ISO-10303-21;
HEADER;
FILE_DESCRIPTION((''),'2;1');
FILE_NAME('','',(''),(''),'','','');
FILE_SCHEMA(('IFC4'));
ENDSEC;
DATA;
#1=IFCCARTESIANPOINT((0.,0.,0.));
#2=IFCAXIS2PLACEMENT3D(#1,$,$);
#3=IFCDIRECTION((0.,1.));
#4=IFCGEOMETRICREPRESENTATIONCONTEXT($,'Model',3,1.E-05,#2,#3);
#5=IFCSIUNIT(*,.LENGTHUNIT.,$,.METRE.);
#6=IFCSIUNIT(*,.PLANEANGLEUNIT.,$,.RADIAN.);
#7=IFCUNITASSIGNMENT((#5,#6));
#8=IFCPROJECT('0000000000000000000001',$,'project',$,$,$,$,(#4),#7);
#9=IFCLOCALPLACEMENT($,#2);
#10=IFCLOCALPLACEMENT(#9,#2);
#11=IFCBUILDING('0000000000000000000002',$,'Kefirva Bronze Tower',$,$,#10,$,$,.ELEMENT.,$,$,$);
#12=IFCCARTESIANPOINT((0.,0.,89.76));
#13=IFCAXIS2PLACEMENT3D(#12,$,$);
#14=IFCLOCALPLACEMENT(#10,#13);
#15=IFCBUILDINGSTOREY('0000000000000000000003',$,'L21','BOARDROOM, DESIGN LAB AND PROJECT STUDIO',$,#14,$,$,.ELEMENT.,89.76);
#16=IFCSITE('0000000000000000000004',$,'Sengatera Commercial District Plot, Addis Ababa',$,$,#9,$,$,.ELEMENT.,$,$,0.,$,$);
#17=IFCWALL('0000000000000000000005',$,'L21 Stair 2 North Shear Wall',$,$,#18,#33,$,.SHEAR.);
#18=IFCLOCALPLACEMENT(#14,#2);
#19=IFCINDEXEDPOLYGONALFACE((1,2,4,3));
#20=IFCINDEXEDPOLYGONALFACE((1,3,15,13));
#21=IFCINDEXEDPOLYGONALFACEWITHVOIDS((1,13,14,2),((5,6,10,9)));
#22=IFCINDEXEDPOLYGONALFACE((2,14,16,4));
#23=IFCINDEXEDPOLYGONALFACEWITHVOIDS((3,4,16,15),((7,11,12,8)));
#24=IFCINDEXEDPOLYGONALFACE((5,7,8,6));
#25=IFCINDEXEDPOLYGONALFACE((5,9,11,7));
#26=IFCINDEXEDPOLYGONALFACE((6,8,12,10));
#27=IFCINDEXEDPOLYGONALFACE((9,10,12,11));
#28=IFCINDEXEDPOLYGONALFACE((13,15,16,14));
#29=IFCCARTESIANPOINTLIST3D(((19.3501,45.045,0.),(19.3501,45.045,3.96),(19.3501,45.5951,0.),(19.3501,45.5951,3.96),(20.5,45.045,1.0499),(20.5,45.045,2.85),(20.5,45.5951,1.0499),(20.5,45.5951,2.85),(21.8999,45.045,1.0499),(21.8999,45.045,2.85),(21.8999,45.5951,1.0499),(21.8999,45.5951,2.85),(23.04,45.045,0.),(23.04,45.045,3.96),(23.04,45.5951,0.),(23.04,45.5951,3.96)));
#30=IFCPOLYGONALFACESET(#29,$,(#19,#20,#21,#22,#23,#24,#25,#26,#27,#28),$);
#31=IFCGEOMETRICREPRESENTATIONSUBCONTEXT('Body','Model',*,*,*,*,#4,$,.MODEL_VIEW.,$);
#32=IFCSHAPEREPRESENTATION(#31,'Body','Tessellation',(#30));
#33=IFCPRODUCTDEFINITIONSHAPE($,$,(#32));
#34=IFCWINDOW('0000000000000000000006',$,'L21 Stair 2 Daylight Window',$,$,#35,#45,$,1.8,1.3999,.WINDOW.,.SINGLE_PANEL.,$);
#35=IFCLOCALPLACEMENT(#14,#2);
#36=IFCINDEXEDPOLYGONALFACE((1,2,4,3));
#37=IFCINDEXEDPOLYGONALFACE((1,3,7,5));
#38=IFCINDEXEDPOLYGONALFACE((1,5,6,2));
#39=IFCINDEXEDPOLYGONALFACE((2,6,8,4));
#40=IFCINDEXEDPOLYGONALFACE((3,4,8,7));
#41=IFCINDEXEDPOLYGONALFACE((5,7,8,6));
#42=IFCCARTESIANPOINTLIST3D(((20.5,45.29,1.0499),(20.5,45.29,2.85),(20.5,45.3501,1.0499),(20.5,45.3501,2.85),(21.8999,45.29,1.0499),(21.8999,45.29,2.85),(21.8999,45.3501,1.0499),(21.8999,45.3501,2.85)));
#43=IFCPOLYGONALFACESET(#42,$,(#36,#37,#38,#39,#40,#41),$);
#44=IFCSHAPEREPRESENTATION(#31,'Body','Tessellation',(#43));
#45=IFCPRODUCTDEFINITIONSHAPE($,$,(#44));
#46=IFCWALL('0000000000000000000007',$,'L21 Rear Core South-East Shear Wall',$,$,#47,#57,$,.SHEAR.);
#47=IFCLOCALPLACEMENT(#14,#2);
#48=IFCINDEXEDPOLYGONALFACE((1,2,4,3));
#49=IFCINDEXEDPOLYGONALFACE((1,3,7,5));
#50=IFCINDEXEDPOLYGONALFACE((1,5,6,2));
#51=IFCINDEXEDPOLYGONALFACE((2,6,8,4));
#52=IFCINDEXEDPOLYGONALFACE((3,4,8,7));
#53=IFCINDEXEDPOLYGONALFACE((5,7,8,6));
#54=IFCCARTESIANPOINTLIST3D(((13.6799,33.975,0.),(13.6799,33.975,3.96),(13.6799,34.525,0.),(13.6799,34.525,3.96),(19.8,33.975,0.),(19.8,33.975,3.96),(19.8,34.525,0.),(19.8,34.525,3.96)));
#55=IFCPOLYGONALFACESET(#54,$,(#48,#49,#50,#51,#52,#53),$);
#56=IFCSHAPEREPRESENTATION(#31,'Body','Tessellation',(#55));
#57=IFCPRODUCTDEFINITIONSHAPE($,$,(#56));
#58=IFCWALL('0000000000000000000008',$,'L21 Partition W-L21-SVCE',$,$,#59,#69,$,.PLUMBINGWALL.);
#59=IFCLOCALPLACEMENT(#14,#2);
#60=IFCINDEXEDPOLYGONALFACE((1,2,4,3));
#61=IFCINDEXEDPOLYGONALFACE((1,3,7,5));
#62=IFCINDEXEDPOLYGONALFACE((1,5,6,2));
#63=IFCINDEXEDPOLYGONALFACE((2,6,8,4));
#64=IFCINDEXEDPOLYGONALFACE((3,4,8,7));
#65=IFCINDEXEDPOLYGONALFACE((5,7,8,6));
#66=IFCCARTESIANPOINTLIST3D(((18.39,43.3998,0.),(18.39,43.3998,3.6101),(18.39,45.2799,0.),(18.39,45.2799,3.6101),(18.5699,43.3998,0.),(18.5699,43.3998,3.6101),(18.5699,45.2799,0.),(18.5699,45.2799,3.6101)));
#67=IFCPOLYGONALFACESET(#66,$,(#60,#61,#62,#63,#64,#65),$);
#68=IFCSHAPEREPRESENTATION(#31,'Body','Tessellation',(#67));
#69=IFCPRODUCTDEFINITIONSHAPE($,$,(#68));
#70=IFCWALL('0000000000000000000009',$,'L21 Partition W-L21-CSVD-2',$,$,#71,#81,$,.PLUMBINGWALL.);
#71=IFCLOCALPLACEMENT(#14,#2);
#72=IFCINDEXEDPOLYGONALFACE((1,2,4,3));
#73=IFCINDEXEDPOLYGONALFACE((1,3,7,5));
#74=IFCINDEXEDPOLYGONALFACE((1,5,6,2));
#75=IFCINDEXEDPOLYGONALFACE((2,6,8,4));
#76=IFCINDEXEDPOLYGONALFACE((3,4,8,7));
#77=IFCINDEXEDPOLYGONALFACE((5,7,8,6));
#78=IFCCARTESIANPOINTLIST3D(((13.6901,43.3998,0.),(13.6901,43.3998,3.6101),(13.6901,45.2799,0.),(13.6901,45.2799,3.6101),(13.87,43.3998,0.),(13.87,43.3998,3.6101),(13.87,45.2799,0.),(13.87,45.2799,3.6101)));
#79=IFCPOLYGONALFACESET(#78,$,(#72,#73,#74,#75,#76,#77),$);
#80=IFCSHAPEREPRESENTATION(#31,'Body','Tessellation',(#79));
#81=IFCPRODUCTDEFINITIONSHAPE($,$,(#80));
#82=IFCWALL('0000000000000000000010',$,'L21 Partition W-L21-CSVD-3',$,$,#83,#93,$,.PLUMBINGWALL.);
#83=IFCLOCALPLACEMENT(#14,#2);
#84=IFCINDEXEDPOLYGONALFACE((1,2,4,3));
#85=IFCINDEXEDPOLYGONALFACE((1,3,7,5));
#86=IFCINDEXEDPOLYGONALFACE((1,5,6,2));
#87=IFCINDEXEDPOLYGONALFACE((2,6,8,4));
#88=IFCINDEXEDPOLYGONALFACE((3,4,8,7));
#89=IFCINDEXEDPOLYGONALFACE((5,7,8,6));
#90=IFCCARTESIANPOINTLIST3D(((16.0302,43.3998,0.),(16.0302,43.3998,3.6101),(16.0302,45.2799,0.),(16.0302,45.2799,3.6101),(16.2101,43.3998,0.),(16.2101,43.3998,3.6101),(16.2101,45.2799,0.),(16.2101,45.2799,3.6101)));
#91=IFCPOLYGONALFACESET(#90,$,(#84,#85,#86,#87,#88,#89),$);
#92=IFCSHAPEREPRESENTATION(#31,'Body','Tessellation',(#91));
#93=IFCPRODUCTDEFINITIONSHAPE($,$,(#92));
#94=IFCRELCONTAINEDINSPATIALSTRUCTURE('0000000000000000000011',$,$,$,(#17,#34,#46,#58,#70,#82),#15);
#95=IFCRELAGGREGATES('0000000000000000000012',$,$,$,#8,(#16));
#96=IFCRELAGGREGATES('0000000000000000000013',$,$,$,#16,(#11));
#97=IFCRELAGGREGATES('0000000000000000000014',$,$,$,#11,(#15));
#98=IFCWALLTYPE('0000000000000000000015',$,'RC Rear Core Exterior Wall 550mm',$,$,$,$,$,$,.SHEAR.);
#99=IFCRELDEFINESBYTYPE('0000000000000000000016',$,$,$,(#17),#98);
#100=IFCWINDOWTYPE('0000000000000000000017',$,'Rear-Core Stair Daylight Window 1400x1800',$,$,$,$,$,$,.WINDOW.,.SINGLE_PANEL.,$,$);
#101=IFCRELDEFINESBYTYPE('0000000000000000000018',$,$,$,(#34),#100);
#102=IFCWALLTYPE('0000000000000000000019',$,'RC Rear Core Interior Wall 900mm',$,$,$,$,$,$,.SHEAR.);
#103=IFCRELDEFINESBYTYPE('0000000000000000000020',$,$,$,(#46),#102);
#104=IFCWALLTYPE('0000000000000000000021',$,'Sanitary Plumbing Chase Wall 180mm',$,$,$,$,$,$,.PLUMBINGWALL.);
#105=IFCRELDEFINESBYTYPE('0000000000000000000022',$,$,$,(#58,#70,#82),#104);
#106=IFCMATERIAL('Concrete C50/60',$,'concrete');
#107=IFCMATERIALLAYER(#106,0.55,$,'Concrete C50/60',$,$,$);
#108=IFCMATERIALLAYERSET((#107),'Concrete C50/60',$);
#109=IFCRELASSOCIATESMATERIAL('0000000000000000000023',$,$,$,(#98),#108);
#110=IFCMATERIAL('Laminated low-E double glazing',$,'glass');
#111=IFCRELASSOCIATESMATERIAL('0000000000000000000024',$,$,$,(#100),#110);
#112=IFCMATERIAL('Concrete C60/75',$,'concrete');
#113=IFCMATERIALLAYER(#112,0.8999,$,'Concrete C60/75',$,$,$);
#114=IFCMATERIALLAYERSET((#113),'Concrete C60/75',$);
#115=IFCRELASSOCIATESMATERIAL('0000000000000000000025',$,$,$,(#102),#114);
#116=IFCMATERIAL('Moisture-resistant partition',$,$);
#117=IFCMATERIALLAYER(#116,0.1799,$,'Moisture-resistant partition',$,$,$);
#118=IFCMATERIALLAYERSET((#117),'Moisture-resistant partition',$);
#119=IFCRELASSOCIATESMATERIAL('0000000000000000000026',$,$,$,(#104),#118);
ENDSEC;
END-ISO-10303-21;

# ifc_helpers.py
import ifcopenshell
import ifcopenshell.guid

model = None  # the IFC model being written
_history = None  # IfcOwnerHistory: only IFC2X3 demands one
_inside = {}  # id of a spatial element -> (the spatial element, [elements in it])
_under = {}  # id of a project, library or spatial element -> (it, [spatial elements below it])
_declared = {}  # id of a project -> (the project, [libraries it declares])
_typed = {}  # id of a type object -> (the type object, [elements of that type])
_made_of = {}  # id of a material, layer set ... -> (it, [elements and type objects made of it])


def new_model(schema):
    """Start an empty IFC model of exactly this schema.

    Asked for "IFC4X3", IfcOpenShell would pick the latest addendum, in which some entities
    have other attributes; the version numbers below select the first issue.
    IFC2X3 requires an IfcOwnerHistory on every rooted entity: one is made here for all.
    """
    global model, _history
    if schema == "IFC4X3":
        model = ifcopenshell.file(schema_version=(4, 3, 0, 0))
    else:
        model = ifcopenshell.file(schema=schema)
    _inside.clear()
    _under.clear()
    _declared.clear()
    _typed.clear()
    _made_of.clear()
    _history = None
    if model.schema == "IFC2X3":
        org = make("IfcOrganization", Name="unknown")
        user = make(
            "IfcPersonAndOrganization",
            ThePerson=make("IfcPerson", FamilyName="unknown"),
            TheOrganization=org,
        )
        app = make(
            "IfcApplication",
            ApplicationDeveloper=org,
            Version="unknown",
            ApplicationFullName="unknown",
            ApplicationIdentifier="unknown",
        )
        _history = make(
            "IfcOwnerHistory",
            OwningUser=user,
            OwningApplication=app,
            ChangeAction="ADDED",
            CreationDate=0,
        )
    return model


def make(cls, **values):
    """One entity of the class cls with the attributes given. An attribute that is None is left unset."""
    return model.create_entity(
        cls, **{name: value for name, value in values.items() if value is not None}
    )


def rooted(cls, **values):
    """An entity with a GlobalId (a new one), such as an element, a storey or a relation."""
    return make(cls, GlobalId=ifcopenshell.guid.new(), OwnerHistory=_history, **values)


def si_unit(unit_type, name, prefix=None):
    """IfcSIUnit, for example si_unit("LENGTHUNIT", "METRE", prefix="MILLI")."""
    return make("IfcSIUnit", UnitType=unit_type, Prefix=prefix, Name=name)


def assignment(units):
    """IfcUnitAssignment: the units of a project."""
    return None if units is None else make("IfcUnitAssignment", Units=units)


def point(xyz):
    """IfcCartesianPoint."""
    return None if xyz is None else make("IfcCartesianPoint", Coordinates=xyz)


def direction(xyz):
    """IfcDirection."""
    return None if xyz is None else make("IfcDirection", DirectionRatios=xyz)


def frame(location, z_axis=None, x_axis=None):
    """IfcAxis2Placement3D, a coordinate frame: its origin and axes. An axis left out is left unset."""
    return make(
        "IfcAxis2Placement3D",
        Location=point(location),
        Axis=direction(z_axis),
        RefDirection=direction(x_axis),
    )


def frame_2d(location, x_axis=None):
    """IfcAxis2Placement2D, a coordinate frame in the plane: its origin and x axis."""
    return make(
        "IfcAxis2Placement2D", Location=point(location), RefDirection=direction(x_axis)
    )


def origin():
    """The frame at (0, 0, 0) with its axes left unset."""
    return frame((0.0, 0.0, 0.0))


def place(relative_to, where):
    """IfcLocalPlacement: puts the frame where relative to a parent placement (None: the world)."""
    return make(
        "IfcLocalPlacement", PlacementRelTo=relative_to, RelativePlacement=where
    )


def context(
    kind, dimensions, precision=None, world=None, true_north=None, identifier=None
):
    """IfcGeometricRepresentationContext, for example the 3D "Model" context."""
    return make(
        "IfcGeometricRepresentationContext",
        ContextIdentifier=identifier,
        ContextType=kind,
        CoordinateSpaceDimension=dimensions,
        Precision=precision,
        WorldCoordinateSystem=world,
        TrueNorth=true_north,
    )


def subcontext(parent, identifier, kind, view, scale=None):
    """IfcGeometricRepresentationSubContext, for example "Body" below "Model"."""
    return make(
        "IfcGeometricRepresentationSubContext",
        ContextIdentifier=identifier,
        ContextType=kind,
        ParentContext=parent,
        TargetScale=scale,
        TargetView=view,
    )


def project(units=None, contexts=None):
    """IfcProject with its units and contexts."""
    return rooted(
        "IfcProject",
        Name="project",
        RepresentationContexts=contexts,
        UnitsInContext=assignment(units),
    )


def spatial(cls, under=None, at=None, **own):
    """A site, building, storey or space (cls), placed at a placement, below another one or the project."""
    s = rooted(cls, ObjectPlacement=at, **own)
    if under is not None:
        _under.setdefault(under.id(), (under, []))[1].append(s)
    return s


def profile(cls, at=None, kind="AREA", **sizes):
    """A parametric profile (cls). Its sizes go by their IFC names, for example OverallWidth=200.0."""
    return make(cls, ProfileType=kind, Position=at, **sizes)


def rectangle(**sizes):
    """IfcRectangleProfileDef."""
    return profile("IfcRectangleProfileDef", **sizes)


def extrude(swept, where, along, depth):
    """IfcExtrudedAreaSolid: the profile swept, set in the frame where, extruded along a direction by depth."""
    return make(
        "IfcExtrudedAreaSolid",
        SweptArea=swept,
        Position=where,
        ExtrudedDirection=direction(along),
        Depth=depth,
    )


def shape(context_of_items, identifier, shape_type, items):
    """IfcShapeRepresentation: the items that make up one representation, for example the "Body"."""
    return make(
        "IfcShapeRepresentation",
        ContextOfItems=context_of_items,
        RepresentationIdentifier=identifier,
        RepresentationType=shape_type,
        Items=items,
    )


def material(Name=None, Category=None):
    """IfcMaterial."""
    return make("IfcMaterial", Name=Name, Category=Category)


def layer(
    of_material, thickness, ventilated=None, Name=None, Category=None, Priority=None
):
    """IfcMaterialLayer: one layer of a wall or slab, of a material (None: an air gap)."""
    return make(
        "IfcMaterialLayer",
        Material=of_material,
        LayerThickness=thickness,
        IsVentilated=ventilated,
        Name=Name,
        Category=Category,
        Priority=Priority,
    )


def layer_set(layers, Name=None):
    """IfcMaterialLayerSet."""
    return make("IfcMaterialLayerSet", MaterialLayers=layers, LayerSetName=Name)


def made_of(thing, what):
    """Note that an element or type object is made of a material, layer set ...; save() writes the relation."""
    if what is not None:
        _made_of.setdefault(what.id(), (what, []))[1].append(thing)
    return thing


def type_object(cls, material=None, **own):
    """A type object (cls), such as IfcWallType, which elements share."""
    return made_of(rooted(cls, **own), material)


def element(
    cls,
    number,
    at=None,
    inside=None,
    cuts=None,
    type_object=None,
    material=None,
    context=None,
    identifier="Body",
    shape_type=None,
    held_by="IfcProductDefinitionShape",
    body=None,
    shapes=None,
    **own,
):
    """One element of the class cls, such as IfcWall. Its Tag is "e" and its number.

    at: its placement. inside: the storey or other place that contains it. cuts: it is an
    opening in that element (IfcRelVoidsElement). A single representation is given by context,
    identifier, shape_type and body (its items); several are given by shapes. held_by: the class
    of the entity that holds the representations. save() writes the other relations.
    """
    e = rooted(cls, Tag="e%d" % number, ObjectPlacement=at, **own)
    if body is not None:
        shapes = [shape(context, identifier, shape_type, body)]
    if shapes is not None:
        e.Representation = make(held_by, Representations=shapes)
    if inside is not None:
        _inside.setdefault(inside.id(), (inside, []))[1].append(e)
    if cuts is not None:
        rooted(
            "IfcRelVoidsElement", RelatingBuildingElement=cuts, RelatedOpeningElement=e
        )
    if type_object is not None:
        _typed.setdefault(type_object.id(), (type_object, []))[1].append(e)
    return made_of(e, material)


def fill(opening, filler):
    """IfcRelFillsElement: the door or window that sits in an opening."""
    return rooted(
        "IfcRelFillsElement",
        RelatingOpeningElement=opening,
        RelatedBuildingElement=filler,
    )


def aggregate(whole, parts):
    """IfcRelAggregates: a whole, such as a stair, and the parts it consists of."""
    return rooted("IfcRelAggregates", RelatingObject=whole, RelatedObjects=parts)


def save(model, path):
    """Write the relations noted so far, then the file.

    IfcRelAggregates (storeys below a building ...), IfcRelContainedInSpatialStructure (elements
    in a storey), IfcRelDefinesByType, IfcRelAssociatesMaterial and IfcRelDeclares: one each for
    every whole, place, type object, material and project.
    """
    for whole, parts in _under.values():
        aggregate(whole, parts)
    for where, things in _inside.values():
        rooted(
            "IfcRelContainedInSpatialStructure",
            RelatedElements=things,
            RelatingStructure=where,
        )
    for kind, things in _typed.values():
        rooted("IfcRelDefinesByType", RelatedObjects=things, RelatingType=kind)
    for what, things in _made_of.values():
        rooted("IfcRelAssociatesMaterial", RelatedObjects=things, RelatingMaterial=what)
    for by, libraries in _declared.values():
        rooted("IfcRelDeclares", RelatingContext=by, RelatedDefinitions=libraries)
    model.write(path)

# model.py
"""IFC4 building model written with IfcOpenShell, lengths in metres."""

from ifc_helpers import new_model, si_unit, direction, frame, frame_2d, origin, place, context, subcontext, project, spatial, rectangle, extrude, material, layer, layer_set, type_object, element, fill, save


model = new_model("IFC4")

# Units and contexts
model_context = context("Model", 3, precision=1e-05, world=origin(), true_north=direction((0.0, 1.0)))
body_context = subcontext(model_context, "Body", "Model", "MODEL_VIEW")
ifc_project = project(units=[si_unit("LENGTHUNIT", "METRE"), si_unit("PLANEANGLEUNIT", "RADIAN")], contexts=[model_context])

# Site, building, storey
site_placement = place(None, origin())
site = spatial("IfcSite", under=ifc_project, at=site_placement, Name="Sengatera Commercial District Plot, Addis Ababa", CompositionType="ELEMENT", RefElevation=0.0)
building_placement = place(site_placement, origin())
building = spatial("IfcBuilding", under=site, at=building_placement, Name="Kefirva Bronze Tower", CompositionType="ELEMENT")
storey_placement = place(building_placement, frame((0.0, 0.0, 89.76)))
storey = spatial("IfcBuildingStorey", under=building, at=storey_placement, Name="L21", Description="BOARDROOM, DESIGN LAB AND PROJECT STUDIO", CompositionType="ELEMENT", Elevation=89.76)

# Shared definitions
ifc_material_1 = material(Name="Concrete C60/75", Category="concrete")

# Wall, opening, window
ifc_material_2 = material(Name="Concrete C50/60", Category="concrete")
ifc_layer_1 = layer(ifc_material_2, 0.55, Name="Concrete C50/60")
ifc_layer_set_1 = layer_set([ifc_layer_1], Name="Concrete C50/60")
wall_type_1 = type_object("IfcWallType", Name="RC Rear Core Exterior Wall 550mm", PredefinedType="SHEAR", material=ifc_layer_set_1)
wall_1_placement = place(storey_placement, frame((19.3501, 45.3201, 0.0), z_axis=(0.0, 0.0, 1.0), x_axis=(1.0, 0.0, 0.0)))
wall_1 = element("IfcWall", 1, at=wall_1_placement, inside=storey, type_object=wall_type_1, Name="L21 Stair 2 North Shear Wall", PredefinedType="SHEAR", context=body_context, shape_type="SweptSolid", body=[
    extrude(rectangle(XDim=3.6899, YDim=0.55, at=frame_2d((1.845, 0.0))), origin(), (0.0, 0.0, 1.0), 3.96),
])
opening_1_placement = place(wall_1_placement, frame((1.1499, 0.0, 1.05)))
opening_1 = element("IfcOpeningElement", 2, at=opening_1_placement, cuts=wall_1, PredefinedType="OPENING", context=body_context, shape_type="SweptSolid", body=[
    extrude(rectangle(XDim=1.3999, YDim=1.8, at=frame_2d((0.7, 0.8999))), frame((0.0, 0.2852, 0.0), z_axis=(0.0, -1.0, 0.0), x_axis=(1.0, 0.0, 0.0)), (0.0, 0.0, 1.0), 0.5701),
])
ifc_material_3 = material(Name="Laminated low-E double glazing", Category="glass")
window_type = type_object("IfcWindowType", Name="Rear-Core Stair Daylight Window 1400x1800", PartitioningType="SINGLE_PANEL", PredefinedType="WINDOW", material=ifc_material_3)
window_placement = place(opening_1_placement, origin())
window = element("IfcWindow", 3, at=window_placement, inside=storey, type_object=window_type, Name="L21 Stair 2 Daylight Window", OverallHeight=1.8, OverallWidth=1.3999, PartitioningType="SINGLE_PANEL", PredefinedType="WINDOW", context=body_context, shape_type="SweptSolid", body=[
    extrude(rectangle(XDim=1.3999, YDim=1.8, at=frame_2d((0.7, 0.8999))), frame((0.0, 0.03, 0.0), z_axis=(0.0, -1.0, 0.0), x_axis=(1.0, 0.0, 0.0)), (0.0, 0.0, 1.0), 0.0601),
])
fill(opening_1, window)

# Walls
ifc_layer_2 = layer(ifc_material_1, 0.8999, Name="Concrete C60/75")
ifc_layer_set_2 = layer_set([ifc_layer_2], Name="Concrete C60/75")
wall_type_2 = type_object("IfcWallType", Name="RC Rear Core Interior Wall 900mm", PredefinedType="SHEAR", material=ifc_layer_set_2)
wall_2_placement = place(storey_placement, frame((13.6799, 34.25, 0.0), z_axis=(0.0, 0.0, 1.0), x_axis=(1.0, 0.0, 0.0)))
element("IfcWall", 4, at=wall_2_placement, inside=storey, type_object=wall_type_2, Name="L21 Rear Core South-East Shear Wall", PredefinedType="SHEAR", context=body_context, shape_type="SweptSolid", body=[
    extrude(rectangle(XDim=6.1201, YDim=0.55, at=frame_2d((3.0601, 0.0))), origin(), (0.0, 0.0, 1.0), 3.96),
])
ifc_material_4 = material(Name="Moisture-resistant partition")
ifc_layer_3 = layer(ifc_material_4, 0.1799, Name="Moisture-resistant partition")
ifc_layer_set_3 = layer_set([ifc_layer_3], Name="Moisture-resistant partition")
wall_type_3 = type_object("IfcWallType", Name="Sanitary Plumbing Chase Wall 180mm", PredefinedType="PLUMBINGWALL", material=ifc_layer_set_3)
for number, where, z_axis, x_axis, name in (
    (5, (18.48, 43.3999, 0.0), (0.0, 0.0, 1.0), (0.0, 1.0, 0.0), "L21 Partition W-L21-SVCE"),
    (6, (13.78, 43.3999, 0.0), (0.0, 0.0, 1.0), (0.0, 1.0, 0.0), "L21 Partition W-L21-CSVD-2"),
    (7, (16.1201, 43.3999, 0.0), (0.0, 0.0, 1.0), (0.0, 1.0, 0.0), "L21 Partition W-L21-CSVD-3"),
):
    element("IfcWall", number, at=place(storey_placement, frame(where, z_axis=z_axis, x_axis=x_axis)), inside=storey, type_object=wall_type_3, Name=name, PredefinedType="PLUMBINGWALL", context=body_context, shape_type="SweptSolid", body=[
        extrude(rectangle(XDim=1.8801, YDim=0.1799, at=frame_2d((0.9399, 0.0))), origin(), (0.0, 0.0, 1.0), 3.6101),
    ])

save(model, "model.ifc")
